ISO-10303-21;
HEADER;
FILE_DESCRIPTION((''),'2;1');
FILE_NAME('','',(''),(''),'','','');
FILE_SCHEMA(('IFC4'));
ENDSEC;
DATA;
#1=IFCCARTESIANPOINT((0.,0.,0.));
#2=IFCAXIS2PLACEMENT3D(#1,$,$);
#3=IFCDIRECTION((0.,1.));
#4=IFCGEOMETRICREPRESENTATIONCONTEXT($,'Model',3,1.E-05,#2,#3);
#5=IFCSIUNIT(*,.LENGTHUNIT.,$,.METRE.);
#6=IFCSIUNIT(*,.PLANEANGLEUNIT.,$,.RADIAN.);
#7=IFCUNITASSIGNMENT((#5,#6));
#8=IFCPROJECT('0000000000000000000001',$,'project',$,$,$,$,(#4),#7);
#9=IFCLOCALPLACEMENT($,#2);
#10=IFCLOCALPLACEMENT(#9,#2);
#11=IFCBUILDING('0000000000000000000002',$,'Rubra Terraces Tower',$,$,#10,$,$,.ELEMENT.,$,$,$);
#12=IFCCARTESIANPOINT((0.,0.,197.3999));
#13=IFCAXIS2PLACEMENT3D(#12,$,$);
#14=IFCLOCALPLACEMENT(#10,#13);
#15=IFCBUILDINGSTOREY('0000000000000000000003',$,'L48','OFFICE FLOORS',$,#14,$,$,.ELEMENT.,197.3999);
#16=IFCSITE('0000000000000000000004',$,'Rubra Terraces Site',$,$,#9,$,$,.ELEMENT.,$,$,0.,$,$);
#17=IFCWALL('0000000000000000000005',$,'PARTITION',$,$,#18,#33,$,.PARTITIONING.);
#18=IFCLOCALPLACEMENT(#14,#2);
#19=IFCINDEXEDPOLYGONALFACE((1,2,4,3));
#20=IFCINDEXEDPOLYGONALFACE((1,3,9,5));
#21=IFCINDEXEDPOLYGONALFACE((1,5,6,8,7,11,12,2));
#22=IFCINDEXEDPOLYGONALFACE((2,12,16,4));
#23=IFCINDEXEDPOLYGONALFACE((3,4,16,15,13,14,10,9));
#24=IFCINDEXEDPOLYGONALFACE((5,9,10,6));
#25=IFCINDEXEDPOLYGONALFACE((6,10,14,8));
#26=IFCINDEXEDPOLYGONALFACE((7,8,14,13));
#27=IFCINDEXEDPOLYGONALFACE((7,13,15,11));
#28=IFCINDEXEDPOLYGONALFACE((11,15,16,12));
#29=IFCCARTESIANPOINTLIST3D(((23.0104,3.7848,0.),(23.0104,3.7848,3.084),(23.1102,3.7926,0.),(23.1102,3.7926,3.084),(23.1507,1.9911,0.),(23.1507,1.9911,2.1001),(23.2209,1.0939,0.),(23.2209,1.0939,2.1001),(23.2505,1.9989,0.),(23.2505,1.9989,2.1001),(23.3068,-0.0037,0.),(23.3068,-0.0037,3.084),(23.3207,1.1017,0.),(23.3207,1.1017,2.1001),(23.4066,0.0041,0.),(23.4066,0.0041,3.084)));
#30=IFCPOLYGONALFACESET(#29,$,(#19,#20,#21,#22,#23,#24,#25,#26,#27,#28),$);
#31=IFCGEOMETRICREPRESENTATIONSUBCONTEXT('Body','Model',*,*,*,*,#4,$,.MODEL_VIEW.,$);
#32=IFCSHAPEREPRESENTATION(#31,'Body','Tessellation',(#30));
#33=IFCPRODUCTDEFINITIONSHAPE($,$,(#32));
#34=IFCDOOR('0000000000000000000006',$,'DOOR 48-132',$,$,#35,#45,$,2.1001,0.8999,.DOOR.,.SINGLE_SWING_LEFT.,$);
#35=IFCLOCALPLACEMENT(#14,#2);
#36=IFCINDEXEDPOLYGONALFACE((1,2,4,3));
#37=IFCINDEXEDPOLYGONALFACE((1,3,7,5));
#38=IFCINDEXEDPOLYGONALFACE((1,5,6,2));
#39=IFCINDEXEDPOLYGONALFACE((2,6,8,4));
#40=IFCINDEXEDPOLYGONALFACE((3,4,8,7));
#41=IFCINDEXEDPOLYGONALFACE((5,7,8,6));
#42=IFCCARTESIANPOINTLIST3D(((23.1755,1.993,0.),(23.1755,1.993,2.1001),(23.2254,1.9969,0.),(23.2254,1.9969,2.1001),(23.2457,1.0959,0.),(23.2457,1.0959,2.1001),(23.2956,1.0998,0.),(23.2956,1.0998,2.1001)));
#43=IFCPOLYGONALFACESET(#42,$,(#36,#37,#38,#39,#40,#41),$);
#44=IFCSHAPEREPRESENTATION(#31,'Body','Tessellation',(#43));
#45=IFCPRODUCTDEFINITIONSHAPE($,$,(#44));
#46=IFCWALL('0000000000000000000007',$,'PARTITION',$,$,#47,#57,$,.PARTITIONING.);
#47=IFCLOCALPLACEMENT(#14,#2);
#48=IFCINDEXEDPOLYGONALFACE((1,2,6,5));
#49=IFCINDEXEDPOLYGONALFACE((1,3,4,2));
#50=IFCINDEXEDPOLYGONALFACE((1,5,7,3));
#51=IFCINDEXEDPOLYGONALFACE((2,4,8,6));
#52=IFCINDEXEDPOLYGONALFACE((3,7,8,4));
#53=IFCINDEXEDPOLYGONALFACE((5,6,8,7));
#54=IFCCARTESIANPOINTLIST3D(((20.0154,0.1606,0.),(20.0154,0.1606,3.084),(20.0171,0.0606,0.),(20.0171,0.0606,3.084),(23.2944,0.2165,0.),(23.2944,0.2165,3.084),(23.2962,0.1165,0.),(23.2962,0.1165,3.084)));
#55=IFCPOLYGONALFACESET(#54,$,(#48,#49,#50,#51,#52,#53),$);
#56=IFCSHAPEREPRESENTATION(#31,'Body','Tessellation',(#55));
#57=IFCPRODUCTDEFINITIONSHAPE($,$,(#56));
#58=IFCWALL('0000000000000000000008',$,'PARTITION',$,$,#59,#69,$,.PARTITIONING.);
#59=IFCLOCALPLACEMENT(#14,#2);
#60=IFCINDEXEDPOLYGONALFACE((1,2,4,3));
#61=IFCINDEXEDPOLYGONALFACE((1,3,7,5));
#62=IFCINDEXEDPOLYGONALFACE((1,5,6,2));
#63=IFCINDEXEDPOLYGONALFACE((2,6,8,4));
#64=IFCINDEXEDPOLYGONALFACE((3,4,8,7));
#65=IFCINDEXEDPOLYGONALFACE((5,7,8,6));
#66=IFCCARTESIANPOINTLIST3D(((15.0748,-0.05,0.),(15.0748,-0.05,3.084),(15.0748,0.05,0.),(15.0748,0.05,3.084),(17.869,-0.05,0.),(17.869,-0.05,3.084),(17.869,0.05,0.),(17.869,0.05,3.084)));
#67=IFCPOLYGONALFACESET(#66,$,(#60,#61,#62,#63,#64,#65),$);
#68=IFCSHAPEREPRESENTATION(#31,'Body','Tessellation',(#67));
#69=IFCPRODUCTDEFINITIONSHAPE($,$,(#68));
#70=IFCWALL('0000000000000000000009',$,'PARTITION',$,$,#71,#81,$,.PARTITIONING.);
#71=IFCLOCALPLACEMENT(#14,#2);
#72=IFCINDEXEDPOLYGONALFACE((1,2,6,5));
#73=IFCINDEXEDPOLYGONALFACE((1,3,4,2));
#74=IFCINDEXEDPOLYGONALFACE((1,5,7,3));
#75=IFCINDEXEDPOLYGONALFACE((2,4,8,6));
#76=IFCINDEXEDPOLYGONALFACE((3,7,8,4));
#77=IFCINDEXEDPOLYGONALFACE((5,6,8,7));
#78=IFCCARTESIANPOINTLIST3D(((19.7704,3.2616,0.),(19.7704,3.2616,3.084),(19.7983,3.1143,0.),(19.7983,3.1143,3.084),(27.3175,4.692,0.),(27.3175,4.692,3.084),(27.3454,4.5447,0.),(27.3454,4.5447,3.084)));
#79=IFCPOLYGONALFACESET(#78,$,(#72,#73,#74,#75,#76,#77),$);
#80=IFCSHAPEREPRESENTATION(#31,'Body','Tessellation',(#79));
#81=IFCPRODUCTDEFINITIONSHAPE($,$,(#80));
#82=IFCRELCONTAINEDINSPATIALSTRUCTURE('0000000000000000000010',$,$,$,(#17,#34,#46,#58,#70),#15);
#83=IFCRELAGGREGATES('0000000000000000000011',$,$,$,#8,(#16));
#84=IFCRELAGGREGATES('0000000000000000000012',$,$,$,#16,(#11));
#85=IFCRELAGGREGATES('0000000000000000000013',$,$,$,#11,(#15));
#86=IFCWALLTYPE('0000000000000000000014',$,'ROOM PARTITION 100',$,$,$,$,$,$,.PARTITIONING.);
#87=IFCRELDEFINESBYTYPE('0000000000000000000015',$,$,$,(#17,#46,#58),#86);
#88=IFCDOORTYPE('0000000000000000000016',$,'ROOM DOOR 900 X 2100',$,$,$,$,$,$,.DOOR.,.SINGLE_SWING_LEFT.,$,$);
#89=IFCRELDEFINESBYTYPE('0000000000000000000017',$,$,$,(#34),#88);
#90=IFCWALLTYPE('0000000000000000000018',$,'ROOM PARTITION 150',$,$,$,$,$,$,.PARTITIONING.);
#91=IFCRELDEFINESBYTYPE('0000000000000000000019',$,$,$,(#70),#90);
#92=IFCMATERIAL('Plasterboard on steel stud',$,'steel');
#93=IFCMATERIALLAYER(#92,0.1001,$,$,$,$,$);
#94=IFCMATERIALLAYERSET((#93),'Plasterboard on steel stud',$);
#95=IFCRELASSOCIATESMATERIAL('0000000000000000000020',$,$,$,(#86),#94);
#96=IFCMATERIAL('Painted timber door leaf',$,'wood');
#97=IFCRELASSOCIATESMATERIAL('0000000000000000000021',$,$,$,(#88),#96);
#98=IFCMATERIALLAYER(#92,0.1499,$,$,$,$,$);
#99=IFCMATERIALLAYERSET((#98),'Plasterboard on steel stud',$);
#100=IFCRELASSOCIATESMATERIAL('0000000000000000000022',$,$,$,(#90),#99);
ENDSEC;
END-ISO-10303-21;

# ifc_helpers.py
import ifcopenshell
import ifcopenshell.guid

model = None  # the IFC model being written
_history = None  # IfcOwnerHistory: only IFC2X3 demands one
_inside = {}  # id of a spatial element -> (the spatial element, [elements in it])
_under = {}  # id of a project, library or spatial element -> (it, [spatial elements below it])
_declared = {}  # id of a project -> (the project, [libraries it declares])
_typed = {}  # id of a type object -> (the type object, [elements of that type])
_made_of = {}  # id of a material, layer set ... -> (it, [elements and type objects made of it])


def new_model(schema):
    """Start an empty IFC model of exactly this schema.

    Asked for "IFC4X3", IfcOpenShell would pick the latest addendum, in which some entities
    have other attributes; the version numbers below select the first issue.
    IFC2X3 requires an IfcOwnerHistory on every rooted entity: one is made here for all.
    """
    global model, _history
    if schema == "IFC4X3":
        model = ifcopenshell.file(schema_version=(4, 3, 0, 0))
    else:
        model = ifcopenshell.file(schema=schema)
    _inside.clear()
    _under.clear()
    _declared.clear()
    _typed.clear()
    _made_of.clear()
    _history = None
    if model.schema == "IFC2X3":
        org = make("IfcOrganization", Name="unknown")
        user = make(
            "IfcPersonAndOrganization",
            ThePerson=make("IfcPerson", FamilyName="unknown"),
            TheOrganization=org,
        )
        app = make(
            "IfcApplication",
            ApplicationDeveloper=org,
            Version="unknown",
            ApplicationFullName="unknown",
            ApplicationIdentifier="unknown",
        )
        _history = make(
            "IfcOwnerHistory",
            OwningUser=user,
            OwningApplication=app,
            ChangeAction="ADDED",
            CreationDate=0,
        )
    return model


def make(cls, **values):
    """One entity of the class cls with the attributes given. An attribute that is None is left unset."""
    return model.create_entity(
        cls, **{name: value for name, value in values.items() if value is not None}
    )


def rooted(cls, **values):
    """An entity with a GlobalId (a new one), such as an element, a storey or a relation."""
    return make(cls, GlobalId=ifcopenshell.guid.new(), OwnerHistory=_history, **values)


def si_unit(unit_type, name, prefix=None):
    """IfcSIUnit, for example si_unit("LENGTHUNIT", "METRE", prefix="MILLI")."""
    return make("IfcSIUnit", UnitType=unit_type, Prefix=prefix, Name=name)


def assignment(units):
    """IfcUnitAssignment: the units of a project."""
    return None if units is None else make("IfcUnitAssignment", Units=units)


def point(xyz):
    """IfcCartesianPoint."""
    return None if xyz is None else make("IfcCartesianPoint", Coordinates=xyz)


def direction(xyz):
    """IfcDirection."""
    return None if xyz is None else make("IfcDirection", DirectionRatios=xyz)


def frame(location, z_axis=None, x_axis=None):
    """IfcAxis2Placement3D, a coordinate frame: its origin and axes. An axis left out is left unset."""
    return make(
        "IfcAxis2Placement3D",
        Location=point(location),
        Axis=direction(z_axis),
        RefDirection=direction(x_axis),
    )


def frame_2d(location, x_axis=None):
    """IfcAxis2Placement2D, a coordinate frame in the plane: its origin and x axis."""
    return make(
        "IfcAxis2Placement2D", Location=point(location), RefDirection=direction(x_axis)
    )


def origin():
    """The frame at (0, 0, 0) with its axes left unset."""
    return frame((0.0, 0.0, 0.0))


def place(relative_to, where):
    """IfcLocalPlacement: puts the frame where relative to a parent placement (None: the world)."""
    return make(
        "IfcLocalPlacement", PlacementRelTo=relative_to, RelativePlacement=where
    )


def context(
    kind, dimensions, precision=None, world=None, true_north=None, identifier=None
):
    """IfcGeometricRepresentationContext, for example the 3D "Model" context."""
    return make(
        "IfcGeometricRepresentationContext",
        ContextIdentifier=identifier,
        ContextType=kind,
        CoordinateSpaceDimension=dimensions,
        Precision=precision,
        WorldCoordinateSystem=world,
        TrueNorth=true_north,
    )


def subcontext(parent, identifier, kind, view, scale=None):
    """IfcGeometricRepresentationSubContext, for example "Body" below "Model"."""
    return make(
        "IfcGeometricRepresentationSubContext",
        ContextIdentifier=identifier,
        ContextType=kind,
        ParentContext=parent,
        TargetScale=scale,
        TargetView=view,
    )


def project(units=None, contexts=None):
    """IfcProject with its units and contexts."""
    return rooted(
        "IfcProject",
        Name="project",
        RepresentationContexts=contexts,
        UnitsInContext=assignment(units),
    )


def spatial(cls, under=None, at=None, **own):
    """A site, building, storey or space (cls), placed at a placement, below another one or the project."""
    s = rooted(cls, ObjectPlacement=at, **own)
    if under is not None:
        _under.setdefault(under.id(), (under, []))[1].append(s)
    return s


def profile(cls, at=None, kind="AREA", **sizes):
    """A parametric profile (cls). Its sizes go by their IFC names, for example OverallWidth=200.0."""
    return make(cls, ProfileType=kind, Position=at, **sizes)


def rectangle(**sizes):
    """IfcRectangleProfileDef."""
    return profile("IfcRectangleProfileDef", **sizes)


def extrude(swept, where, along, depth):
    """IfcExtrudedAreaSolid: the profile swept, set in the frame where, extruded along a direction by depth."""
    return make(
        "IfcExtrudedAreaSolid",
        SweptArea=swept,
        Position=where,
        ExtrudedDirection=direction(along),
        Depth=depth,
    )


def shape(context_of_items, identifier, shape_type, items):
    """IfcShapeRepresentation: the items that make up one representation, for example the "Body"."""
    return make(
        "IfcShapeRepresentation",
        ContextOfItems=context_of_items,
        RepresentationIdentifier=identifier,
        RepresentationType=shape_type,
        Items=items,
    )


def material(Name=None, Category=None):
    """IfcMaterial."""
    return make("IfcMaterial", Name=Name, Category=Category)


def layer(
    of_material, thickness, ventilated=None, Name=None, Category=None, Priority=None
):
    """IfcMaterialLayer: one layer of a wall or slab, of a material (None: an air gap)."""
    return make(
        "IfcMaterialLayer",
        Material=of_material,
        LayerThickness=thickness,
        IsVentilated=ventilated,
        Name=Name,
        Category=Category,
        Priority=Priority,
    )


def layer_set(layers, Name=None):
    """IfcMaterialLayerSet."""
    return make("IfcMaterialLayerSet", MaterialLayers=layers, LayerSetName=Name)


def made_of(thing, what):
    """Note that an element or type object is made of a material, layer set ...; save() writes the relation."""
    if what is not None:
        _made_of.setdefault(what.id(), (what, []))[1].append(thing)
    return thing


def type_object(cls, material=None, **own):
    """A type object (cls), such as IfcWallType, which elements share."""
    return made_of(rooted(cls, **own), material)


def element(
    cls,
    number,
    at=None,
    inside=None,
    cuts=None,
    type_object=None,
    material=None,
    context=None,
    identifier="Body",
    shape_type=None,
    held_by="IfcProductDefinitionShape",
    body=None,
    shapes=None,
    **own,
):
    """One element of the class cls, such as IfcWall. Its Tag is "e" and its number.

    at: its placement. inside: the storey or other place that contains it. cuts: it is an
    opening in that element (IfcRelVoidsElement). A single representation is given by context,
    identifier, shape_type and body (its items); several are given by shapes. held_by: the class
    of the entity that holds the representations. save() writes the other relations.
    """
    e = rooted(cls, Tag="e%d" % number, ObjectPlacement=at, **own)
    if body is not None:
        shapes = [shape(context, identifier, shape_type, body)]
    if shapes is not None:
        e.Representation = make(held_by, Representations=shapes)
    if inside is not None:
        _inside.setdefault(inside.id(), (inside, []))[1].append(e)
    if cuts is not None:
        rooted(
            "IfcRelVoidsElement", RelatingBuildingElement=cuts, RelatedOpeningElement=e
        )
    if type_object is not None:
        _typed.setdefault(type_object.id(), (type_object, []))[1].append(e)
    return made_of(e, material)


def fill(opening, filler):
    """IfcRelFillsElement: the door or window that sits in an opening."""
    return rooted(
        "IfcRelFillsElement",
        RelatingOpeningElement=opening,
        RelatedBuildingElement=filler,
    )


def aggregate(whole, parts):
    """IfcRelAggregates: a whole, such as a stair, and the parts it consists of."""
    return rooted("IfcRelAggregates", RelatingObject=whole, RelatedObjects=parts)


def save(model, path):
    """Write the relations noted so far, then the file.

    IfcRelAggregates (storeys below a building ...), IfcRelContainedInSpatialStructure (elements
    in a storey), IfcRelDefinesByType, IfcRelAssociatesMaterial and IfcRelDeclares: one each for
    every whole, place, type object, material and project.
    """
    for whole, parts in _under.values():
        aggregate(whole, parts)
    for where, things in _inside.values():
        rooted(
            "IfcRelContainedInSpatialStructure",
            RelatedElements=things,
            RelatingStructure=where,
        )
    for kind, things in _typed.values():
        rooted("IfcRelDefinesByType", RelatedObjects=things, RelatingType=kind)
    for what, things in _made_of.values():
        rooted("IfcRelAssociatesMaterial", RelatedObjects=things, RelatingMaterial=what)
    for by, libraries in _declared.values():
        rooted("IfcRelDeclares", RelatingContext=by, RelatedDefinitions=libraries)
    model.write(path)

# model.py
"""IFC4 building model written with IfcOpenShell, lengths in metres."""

from ifc_helpers import new_model, si_unit, direction, frame, frame_2d, origin, place, context, subcontext, project, spatial, rectangle, extrude, material, layer, layer_set, type_object, element, fill, save


model = new_model("IFC4")

# Units and contexts
model_context = context("Model", 3, precision=1e-05, world=origin(), true_north=direction((0.0, 1.0)))
body_context = subcontext(model_context, "Body", "Model", "MODEL_VIEW")
ifc_project = project(units=[si_unit("LENGTHUNIT", "METRE"), si_unit("PLANEANGLEUNIT", "RADIAN")], contexts=[model_context])

# Site, building, storey
site_placement = place(None, origin())
site = spatial("IfcSite", under=ifc_project, at=site_placement, Name="Rubra Terraces Site", CompositionType="ELEMENT", RefElevation=0.0)
building_placement = place(site_placement, origin())
building = spatial("IfcBuilding", under=site, at=building_placement, Name="Rubra Terraces Tower", CompositionType="ELEMENT")
storey_placement = place(building_placement, frame((0.0, 0.0, 197.3999)))
storey = spatial("IfcBuildingStorey", under=building, at=storey_placement, Name="L48", Description="OFFICE FLOORS", CompositionType="ELEMENT", Elevation=197.3999)

# Shared definitions
ifc_material_1 = material(Name="Painted timber door leaf", Category="wood")

# Shared definitions
ifc_material_2 = material(Name="Plasterboard on steel stud", Category="steel")
ifc_layer_1 = layer(ifc_material_2, 0.1001)
ifc_layer_set_1 = layer_set([ifc_layer_1], Name="Plasterboard on steel stud")
wall_type_1 = type_object("IfcWallType", Name="ROOM PARTITION 100", PredefinedType="PARTITIONING", material=ifc_layer_set_1)

# Wall, opening, door
wall_1_placement = place(storey_placement, frame((23.0603, 3.7886, 0.0), z_axis=(0.0, 0.0, 1.0), x_axis=(0.077993, -0.996954, 0.0)))
wall_1 = element("IfcWall", 1, at=wall_1_placement, inside=storey, type_object=wall_type_1, Name="PARTITION", PredefinedType="PARTITIONING", context=body_context, shape_type="SweptSolid", body=[
    extrude(rectangle(XDim=3.8, YDim=0.1001, at=frame_2d((1.8999, 0.0))), origin(), (0.0, 0.0, 1.0), 3.084),
])
opening_1_placement = place(wall_1_placement, frame((1.7991, 0.0, 0.0)))
opening_1 = element("IfcOpeningElement", 2, at=opening_1_placement, cuts=wall_1, PredefinedType="OPENING", context=body_context, shape_type="SweptSolid", body=[
    extrude(rectangle(XDim=0.8999, YDim=2.1001, at=frame_2d((0.45, 1.05))), frame((0.0, 0.0601, 0.0), z_axis=(0.0, -1.0, 0.0), x_axis=(1.0, 0.0, 0.0)), (0.0, 0.0, 1.0), 0.1201),
])
door_type_1 = type_object("IfcDoorType", Name="ROOM DOOR 900 X 2100", OperationType="SINGLE_SWING_LEFT", PredefinedType="DOOR", material=ifc_material_1)
door_1_placement = place(opening_1_placement, origin())
door_1 = element("IfcDoor", 3, at=door_1_placement, inside=storey, type_object=door_type_1, Name="DOOR 48-132", OperationType="SINGLE_SWING_LEFT", OverallHeight=2.1001, OverallWidth=0.8999, PredefinedType="DOOR", context=body_context, shape_type="SweptSolid", body=[
    extrude(rectangle(XDim=0.8999, YDim=2.1001, at=frame_2d((0.45, 1.05))), frame((0.0, 0.0249, 0.0), z_axis=(0.0, -1.0, 0.0), x_axis=(1.0, 0.0, 0.0)), (0.0, 0.0, 1.0), 0.05),
])
fill(opening_1, door_1)

# Walls
wall_2_placement = place(storey_placement, frame((20.0164, 0.1106, 0.0), z_axis=(0.0, 0.0, 1.0), x_axis=(0.999855, 0.017048, 0.0)))
element("IfcWall", 4, at=wall_2_placement, inside=storey, type_object=wall_type_1, Name="PARTITION", PredefinedType="PARTITIONING", context=body_context, shape_type="SweptSolid", body=[
    extrude(rectangle(XDim=3.2795, YDim=0.1001, at=frame_2d((1.6396, 0.0))), origin(), (0.0, 0.0, 1.0), 3.084),
])
wall_3_placement = place(storey_placement, frame((15.075, 0.0, 0.0), z_axis=(0.0, 0.0, 1.0), x_axis=(1.0, 0.0, 0.0)))
element("IfcWall", 5, at=wall_3_placement, inside=storey, type_object=wall_type_1, Name="PARTITION", PredefinedType="PARTITIONING", context=body_context, shape_type="SweptSolid", body=[
    extrude(rectangle(XDim=2.7942, YDim=0.1001, at=frame_2d((1.397, 0.0))), origin(), (0.0, 0.0, 1.0), 3.084),
])
ifc_layer_2 = layer(ifc_material_2, 0.1499)
ifc_layer_set_2 = layer_set([ifc_layer_2], Name="Plasterboard on steel stud")
wall_type_2 = type_object("IfcWallType", Name="ROOM PARTITION 150", PredefinedType="PARTITIONING", material=ifc_layer_set_2)
wall_4_placement = place(storey_placement, frame((27.3315, 4.6184, 0.0), z_axis=(0.0, 0.0, 1.0), x_axis=(-0.982509, -0.186217, 0.0)))
element("IfcWall", 6, at=wall_4_placement, inside=storey, type_object=wall_type_2, Name="PARTITION", PredefinedType="PARTITIONING", context=body_context, shape_type="SweptSolid", body=[
    extrude(rectangle(XDim=7.6814, YDim=0.1499, at=frame_2d((3.8408, 0.0))), origin(), (0.0, 0.0, 1.0), 3.084),
])

save(model, "model.ifc")
